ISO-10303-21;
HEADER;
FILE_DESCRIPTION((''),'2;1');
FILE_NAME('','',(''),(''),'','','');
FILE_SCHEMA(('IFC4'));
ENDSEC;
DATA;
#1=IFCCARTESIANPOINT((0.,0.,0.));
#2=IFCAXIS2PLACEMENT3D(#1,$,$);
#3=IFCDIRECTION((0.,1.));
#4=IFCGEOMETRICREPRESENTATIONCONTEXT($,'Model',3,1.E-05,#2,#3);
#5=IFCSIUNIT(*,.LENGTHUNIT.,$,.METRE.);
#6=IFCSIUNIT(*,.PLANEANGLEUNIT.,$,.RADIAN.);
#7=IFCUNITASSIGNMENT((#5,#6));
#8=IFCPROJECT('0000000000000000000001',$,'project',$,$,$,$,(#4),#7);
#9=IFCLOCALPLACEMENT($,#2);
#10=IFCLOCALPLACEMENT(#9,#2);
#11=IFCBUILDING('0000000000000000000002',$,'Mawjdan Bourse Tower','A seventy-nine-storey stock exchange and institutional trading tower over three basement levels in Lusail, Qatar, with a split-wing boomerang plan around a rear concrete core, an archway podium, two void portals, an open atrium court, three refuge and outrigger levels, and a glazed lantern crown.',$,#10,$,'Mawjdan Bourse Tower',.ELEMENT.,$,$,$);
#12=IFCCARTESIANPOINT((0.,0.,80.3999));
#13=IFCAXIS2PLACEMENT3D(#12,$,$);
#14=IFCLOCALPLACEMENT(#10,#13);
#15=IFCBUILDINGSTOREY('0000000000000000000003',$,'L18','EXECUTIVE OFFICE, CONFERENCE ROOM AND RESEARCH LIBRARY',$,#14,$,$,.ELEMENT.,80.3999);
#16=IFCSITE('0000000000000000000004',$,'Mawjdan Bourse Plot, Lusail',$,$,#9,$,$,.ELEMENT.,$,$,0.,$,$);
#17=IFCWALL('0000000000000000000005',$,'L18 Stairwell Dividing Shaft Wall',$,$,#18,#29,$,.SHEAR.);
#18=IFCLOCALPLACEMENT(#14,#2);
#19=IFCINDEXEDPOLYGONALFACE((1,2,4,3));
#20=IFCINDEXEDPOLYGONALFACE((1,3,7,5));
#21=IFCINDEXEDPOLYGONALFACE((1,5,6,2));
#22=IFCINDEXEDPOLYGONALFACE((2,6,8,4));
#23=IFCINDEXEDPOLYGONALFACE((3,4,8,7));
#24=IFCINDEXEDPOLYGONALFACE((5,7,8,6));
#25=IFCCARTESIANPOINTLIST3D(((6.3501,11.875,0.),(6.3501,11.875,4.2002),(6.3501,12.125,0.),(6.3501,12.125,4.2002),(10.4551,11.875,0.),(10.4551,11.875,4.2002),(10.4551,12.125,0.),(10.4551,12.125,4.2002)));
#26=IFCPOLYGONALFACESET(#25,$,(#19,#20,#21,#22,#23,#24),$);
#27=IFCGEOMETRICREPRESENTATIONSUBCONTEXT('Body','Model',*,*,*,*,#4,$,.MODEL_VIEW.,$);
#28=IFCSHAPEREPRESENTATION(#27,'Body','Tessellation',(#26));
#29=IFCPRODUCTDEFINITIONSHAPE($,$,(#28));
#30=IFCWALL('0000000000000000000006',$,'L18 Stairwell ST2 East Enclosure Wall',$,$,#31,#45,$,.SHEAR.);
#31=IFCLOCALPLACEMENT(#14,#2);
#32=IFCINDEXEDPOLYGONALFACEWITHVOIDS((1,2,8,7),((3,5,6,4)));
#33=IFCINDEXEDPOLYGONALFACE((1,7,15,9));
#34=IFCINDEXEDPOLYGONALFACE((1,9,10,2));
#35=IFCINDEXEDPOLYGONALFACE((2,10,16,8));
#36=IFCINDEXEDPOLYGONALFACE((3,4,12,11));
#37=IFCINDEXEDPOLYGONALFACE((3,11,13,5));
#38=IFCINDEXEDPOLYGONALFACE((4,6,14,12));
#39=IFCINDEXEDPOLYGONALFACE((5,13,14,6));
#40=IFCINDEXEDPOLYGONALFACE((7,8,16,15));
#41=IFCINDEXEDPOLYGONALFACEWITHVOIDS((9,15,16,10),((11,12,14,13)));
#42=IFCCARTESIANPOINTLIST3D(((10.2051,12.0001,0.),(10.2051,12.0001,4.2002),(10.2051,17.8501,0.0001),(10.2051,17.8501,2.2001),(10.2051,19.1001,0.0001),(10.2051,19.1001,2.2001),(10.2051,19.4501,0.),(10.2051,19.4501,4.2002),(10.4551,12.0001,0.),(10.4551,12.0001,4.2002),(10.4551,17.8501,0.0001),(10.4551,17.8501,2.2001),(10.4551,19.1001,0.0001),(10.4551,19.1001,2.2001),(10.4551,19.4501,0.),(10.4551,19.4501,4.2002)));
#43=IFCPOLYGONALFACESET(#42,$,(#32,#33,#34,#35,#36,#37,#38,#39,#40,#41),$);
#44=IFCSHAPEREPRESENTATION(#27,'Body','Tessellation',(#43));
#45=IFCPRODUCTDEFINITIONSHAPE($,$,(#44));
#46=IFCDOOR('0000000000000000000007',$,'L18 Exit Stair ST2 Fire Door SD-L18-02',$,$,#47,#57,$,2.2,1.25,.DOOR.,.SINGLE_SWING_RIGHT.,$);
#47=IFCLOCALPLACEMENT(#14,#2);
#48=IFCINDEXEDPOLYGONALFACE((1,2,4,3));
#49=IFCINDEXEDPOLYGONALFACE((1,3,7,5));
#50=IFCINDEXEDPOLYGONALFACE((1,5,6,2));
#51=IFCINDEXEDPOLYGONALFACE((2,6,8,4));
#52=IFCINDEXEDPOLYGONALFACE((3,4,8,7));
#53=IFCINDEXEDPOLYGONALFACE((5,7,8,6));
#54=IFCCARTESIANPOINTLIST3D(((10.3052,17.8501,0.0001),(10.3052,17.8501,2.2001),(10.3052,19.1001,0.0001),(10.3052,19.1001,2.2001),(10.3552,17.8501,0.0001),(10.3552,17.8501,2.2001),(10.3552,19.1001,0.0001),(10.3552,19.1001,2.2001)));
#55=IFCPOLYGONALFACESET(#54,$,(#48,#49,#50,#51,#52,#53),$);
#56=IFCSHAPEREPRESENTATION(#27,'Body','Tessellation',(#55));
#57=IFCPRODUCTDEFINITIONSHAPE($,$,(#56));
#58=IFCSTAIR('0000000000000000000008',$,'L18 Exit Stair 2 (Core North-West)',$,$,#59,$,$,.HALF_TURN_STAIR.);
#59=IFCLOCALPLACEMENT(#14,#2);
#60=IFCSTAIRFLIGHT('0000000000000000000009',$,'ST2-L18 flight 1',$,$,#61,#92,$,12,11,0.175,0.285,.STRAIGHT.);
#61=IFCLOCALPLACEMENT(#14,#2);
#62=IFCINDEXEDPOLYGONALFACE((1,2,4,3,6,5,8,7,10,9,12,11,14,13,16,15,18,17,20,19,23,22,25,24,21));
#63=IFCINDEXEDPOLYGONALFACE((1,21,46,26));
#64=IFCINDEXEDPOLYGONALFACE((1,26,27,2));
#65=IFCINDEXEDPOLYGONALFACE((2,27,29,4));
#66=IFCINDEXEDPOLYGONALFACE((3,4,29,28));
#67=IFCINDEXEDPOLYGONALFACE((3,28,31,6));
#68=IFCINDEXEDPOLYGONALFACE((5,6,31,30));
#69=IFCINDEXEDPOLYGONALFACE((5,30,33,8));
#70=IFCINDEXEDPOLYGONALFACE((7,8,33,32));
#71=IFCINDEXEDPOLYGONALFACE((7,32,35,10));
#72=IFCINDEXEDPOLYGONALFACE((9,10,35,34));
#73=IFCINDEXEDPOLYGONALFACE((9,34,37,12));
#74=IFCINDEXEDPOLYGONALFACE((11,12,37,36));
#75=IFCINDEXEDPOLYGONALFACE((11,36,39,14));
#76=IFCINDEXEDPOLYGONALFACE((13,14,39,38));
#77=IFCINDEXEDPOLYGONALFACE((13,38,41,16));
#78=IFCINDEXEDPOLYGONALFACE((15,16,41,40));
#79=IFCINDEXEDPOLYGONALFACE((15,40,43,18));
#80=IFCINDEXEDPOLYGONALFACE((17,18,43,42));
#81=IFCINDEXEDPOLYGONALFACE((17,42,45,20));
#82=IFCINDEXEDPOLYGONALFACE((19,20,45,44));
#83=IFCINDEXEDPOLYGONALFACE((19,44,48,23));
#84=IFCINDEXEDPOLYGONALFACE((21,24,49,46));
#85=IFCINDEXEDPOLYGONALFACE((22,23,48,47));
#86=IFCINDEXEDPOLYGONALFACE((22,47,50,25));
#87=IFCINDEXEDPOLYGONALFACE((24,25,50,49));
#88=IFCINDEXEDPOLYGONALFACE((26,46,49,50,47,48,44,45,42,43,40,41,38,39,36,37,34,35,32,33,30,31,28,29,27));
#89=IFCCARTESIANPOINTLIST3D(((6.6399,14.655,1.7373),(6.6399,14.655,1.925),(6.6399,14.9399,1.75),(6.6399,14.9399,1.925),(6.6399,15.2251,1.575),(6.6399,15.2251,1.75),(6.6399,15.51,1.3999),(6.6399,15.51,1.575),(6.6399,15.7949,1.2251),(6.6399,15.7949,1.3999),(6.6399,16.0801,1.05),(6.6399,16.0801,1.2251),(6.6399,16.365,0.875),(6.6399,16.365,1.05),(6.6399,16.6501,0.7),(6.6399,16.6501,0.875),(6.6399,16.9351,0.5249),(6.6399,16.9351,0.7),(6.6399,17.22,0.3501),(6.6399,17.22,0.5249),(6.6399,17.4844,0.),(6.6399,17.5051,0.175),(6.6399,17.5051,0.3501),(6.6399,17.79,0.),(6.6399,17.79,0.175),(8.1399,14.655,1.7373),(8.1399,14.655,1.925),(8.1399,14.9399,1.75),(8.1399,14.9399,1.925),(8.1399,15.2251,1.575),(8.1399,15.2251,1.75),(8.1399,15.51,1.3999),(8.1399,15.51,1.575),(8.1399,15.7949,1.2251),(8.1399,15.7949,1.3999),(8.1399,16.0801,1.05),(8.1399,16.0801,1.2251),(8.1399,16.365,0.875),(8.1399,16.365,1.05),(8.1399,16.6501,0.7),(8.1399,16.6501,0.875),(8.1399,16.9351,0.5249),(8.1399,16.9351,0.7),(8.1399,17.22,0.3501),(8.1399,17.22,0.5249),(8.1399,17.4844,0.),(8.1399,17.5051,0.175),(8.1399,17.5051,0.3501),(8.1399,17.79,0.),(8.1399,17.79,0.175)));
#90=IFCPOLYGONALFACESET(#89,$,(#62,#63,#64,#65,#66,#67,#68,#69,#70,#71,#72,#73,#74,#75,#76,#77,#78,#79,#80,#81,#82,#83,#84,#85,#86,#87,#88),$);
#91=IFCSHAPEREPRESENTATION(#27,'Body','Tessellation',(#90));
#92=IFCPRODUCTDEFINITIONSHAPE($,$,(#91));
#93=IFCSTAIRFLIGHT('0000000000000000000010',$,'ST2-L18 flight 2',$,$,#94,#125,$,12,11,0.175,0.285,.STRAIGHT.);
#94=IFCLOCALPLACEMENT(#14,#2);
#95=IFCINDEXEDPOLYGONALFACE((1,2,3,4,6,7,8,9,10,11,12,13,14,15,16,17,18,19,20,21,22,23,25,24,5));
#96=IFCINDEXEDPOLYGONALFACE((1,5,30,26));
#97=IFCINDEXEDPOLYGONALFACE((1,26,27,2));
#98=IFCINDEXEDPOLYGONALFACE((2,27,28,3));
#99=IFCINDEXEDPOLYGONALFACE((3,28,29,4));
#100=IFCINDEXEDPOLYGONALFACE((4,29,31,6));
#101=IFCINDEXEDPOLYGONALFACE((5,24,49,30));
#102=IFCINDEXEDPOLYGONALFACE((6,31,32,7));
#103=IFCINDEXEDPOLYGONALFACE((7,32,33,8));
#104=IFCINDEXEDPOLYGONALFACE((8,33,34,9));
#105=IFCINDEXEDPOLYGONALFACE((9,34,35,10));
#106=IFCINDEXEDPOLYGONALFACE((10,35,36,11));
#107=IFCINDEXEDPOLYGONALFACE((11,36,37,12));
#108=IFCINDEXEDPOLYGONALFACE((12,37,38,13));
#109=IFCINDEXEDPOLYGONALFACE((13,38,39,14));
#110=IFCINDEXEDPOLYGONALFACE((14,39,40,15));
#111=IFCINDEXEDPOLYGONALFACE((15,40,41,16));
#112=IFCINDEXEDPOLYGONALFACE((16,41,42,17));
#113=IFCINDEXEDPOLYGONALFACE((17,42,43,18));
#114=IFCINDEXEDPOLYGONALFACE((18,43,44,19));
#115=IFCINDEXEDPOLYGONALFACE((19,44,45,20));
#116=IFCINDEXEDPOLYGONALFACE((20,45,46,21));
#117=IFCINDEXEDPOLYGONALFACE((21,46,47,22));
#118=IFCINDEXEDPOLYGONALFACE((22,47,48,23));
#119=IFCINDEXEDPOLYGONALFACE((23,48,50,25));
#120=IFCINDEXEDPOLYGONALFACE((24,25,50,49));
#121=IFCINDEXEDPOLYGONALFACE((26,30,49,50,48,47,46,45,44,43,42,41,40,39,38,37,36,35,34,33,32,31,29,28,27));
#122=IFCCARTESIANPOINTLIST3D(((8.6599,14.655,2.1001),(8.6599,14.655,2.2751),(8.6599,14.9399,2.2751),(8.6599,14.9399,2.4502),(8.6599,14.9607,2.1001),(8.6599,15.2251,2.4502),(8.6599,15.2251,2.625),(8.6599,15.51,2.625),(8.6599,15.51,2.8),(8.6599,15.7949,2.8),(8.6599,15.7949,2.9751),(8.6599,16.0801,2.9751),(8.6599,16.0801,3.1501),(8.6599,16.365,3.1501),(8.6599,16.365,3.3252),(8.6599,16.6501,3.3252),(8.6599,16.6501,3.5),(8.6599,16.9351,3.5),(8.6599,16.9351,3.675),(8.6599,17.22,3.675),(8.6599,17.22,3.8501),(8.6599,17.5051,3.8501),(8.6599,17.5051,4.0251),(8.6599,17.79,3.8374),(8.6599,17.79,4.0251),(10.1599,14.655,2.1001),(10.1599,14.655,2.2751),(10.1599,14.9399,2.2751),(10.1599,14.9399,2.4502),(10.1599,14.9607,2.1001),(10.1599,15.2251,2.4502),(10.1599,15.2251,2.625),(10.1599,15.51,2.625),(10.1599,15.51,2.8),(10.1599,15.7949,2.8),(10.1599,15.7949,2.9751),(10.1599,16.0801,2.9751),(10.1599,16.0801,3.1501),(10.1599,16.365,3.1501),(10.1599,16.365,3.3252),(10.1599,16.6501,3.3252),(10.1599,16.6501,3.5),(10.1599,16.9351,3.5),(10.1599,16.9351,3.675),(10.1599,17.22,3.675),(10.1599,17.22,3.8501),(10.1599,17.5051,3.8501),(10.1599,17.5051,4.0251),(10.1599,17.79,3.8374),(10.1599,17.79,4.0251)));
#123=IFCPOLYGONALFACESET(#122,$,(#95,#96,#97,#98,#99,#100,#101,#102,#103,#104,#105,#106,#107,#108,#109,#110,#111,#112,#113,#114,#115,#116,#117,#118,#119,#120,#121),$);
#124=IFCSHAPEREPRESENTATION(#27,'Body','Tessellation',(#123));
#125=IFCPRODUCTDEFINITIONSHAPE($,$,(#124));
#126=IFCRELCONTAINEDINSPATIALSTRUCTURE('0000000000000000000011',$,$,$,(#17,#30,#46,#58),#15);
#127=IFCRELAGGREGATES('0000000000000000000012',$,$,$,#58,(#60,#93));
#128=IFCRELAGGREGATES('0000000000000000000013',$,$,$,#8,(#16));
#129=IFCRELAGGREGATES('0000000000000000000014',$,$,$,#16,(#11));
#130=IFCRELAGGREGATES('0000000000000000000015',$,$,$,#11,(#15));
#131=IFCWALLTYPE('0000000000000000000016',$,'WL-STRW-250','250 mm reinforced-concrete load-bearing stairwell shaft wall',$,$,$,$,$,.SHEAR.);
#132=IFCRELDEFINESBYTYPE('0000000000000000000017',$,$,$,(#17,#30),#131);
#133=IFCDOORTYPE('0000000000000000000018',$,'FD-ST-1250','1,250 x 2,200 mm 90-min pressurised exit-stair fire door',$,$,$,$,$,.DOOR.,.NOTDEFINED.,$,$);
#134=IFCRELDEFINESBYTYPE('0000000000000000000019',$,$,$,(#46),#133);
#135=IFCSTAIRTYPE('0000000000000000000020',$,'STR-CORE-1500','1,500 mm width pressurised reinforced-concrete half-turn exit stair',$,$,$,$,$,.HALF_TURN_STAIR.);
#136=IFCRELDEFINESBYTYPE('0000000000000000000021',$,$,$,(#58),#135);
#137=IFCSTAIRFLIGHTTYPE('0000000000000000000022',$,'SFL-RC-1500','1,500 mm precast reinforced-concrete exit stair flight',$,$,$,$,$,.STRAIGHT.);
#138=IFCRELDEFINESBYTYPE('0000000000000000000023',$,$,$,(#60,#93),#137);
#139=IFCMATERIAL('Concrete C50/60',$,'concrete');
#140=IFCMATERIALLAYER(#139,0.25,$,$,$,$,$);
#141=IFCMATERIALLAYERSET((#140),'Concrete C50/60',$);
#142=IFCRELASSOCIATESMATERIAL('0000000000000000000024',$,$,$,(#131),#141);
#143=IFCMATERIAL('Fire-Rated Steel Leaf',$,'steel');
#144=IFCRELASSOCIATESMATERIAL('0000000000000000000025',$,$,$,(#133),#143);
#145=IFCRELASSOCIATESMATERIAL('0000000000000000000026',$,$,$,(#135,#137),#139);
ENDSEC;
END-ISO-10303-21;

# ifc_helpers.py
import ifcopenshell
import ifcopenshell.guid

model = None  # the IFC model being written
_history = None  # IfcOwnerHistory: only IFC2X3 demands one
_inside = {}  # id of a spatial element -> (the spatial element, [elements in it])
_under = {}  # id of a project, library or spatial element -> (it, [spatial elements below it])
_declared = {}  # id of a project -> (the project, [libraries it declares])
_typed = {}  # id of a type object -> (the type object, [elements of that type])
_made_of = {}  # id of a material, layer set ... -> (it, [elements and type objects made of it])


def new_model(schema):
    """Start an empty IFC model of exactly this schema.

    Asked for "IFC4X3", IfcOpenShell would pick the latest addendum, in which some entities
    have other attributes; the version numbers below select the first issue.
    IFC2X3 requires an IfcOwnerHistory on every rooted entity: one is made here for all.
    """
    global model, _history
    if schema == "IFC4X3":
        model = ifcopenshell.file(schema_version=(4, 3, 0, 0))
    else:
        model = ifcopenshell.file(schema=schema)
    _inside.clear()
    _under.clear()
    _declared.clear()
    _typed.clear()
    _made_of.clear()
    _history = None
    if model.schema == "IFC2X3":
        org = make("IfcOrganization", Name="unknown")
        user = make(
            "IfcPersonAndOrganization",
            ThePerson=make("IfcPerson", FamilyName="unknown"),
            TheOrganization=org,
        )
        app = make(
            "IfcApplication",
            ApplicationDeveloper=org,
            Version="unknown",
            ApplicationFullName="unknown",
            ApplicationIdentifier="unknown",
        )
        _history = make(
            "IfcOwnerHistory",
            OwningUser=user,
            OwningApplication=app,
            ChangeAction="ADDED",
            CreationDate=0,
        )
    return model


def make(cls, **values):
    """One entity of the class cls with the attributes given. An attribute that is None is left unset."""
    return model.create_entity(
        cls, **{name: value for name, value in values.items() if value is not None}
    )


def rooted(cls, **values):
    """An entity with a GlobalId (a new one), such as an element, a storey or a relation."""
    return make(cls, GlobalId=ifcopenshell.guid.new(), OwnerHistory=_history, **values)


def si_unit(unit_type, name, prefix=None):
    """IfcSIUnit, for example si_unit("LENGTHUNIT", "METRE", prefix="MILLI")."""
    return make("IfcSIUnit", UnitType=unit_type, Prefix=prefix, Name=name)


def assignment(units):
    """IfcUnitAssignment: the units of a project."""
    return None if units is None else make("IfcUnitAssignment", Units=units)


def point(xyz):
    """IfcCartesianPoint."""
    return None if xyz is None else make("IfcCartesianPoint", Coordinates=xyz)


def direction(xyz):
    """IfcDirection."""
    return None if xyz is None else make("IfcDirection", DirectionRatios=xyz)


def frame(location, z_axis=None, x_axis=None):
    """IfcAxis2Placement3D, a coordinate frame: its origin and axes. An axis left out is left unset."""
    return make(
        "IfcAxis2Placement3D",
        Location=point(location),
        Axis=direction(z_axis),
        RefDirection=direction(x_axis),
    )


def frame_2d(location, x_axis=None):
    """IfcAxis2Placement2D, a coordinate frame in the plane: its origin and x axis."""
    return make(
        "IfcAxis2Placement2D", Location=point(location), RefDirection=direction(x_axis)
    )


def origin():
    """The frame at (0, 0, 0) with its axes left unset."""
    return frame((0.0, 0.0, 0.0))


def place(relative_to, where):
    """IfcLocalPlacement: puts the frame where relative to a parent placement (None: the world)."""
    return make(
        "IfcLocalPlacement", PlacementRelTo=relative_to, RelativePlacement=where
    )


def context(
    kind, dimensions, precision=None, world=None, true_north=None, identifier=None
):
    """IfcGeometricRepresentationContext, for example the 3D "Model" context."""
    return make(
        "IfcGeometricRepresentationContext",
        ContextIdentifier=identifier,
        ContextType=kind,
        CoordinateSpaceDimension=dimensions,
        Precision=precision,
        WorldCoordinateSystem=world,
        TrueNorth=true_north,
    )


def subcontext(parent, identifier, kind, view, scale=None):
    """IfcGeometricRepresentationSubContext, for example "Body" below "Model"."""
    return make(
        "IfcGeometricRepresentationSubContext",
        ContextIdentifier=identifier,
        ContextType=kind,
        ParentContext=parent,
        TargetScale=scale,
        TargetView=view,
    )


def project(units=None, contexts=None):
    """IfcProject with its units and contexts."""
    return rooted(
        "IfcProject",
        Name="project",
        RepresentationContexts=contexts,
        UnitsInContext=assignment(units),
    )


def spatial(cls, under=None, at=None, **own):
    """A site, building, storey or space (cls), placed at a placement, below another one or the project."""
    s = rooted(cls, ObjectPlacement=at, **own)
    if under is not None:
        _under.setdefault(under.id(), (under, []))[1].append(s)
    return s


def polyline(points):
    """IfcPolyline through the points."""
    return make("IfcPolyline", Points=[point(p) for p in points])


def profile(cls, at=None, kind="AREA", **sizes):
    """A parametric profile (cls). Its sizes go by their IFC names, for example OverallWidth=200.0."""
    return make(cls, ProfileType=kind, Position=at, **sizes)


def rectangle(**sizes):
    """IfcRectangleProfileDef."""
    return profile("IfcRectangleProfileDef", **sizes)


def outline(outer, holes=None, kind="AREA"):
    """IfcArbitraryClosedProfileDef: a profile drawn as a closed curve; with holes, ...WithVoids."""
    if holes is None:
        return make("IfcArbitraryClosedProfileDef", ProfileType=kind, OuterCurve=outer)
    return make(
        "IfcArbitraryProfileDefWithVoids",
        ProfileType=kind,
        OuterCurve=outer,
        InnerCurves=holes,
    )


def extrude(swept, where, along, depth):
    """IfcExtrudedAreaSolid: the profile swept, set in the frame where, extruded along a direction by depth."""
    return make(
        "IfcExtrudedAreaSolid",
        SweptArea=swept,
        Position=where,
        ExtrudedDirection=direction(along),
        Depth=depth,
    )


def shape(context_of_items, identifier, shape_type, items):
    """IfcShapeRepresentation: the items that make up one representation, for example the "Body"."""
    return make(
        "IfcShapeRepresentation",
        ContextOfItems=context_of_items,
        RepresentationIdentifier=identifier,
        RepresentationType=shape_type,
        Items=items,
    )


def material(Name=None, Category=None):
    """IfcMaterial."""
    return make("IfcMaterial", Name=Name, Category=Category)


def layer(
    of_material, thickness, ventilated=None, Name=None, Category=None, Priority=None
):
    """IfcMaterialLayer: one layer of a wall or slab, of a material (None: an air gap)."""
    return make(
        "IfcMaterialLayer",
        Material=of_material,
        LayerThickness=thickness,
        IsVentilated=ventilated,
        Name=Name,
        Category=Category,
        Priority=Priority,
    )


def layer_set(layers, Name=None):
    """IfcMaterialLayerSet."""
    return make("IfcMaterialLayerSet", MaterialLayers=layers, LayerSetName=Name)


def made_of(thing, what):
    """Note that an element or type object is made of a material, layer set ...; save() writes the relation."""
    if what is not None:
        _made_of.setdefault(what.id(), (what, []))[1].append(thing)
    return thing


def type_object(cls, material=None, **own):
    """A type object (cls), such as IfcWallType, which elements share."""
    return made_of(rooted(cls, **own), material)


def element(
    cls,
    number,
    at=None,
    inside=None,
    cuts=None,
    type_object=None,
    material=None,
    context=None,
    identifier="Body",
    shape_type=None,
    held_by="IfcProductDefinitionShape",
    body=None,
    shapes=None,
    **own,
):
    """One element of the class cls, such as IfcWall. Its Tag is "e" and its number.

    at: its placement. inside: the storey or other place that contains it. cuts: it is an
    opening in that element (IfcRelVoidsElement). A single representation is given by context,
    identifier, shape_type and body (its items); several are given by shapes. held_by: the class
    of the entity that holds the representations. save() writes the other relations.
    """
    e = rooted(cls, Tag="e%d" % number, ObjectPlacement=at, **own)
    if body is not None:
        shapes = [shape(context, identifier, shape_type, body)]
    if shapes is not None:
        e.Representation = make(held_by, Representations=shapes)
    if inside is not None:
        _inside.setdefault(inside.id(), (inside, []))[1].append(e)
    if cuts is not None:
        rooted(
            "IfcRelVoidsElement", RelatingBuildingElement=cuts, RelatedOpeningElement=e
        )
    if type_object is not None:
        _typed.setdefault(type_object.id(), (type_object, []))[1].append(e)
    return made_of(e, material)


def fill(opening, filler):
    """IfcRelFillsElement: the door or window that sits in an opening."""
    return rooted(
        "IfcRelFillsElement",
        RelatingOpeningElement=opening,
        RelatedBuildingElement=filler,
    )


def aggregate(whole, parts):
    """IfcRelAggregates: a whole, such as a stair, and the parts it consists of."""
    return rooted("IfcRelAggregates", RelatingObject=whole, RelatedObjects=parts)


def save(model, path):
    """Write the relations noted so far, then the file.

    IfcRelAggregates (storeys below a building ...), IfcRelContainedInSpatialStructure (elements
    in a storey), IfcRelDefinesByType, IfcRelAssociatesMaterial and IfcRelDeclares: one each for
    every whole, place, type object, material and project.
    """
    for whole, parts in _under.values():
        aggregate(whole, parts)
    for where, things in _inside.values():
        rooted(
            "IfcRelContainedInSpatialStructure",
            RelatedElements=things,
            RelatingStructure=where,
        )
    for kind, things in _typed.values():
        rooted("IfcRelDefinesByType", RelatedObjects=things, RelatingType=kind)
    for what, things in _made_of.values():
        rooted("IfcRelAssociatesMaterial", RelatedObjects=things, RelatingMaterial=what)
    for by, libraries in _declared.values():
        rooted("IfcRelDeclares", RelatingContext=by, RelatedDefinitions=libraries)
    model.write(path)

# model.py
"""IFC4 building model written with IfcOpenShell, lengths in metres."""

from ifc_helpers import new_model, si_unit, direction, frame, frame_2d, origin, place, context, subcontext, project, spatial, polyline, rectangle, outline, extrude, material, layer, layer_set, type_object, element, fill, aggregate, save


model = new_model("IFC4")

# Units and contexts
model_context = context("Model", 3, precision=1e-05, world=origin(), true_north=direction((0.0, 1.0)))
body_context = subcontext(model_context, "Body", "Model", "MODEL_VIEW")
ifc_project = project(units=[si_unit("LENGTHUNIT", "METRE"), si_unit("PLANEANGLEUNIT", "RADIAN")], contexts=[model_context])

# Site, building, storey
site_placement = place(None, origin())
site = spatial("IfcSite", under=ifc_project, at=site_placement, Name="Mawjdan Bourse Plot, Lusail", CompositionType="ELEMENT", RefElevation=0.0)
building_placement = place(site_placement, origin())
building = spatial("IfcBuilding", under=site, at=building_placement, Name="Mawjdan Bourse Tower", Description="A seventy-nine-storey stock exchange and institutional trading tower over three basement levels in Lusail, Qatar, with a split-wing boomerang plan around a rear concrete core, an archway podium, two void portals, an open atrium court, three refuge and outrigger levels, and a glazed lantern crown.", LongName="Mawjdan Bourse Tower", CompositionType="ELEMENT")
storey_placement = place(building_placement, frame((0.0, 0.0, 80.3999)))
storey = spatial("IfcBuildingStorey", under=building, at=storey_placement, Name="L18", Description="EXECUTIVE OFFICE, CONFERENCE ROOM AND RESEARCH LIBRARY", CompositionType="ELEMENT", Elevation=80.3999)

# Shared definitions
ifc_material_1 = material(Name="Concrete C50/60", Category="concrete")

# Wall
ifc_layer_1 = layer(ifc_material_1, 0.25)
ifc_layer_set_1 = layer_set([ifc_layer_1], Name="Concrete C50/60")
wall_type_1 = type_object("IfcWallType", Name="WL-STRW-250", Description="250 mm reinforced-concrete load-bearing stairwell shaft wall", PredefinedType="SHEAR", material=ifc_layer_set_1)
wall_1_placement = place(storey_placement, frame((6.3501, 12.0, 0.0), z_axis=(0.0, 0.0, 1.0), x_axis=(1.0, 0.0, 0.0)))
element("IfcWall", 1, at=wall_1_placement, inside=storey, type_object=wall_type_1, Name="L18 Stairwell Dividing Shaft Wall", PredefinedType="SHEAR", context=body_context, shape_type="SweptSolid", body=[
    extrude(rectangle(XDim=4.105, YDim=0.25, at=frame_2d((2.0525, 0.0))), origin(), (0.0, 0.0, 1.0), 4.2002),
])

# Wall, opening, door
wall_2_placement = place(storey_placement, frame((10.3301, 12.0, 0.0), z_axis=(0.0, 0.0, 1.0), x_axis=(0.0, 1.0, 0.0)))
wall_2 = element("IfcWall", 2, at=wall_2_placement, inside=storey, type_object=wall_type_1, Name="L18 Stairwell ST2 East Enclosure Wall", PredefinedType="SHEAR", context=body_context, shape_type="SweptSolid", body=[
    extrude(rectangle(XDim=7.45, YDim=0.25, at=frame_2d((3.7251, 0.0))), origin(), (0.0, 0.0, 1.0), 4.2002),
])
opening_1_placement = place(wall_2_placement, frame((5.8501, 0.0, 0.0)))
opening_1 = element("IfcOpeningElement", 3, at=opening_1_placement, cuts=wall_2, PredefinedType="OPENING", context=body_context, shape_type="SweptSolid", body=[
    extrude(rectangle(XDim=1.25, YDim=2.2, at=frame_2d((0.625, 1.1001))), frame((0.0, 0.135, 0.0), z_axis=(0.0, -1.0, 0.0), x_axis=(1.0, 0.0, 0.0)), (0.0, 0.0, 1.0), 0.27),
])
ifc_material_2 = material(Name="Fire-Rated Steel Leaf", Category="steel")
door_type_1 = type_object("IfcDoorType", Name="FD-ST-1250", Description="1,250 x 2,200 mm 90-min pressurised exit-stair fire door", OperationType="NOTDEFINED", PredefinedType="DOOR", material=ifc_material_2)
door_1_placement = place(opening_1_placement, origin())
door_1 = element("IfcDoor", 4, at=door_1_placement, inside=storey, type_object=door_type_1, Name="L18 Exit Stair ST2 Fire Door SD-L18-02", OperationType="SINGLE_SWING_RIGHT", OverallHeight=2.2, OverallWidth=1.25, PredefinedType="DOOR", context=body_context, shape_type="SweptSolid", body=[
    extrude(rectangle(XDim=1.25, YDim=2.2, at=frame_2d((0.625, 1.1001))), frame((0.0, 0.0249, 0.0), z_axis=(0.0, -1.0, 0.0), x_axis=(1.0, 0.0, 0.0)), (0.0, 0.0, 1.0), 0.05),
])
fill(opening_1, door_1)

# Stair, stair flights
stair_type = type_object("IfcStairType", Name="STR-CORE-1500", Description="1,500 mm width pressurised reinforced-concrete half-turn exit stair", PredefinedType="HALF_TURN_STAIR", material=ifc_material_1)
stair_placement = place(storey_placement, origin())
stair = element("IfcStair", 5, at=stair_placement, inside=storey, type_object=stair_type, Name="L18 Exit Stair 2 (Core North-West)", PredefinedType="HALF_TURN_STAIR")
stair_flight_type = type_object("IfcStairFlightType", Name="SFL-RC-1500", Description="1,500 mm precast reinforced-concrete exit stair flight", PredefinedType="STRAIGHT", material=ifc_material_1)
stair_flight_1_placement = place(storey_placement, frame((7.3899, 17.79, 0.0), z_axis=(0.0, 0.0, 1.0), x_axis=(0.0, -1.0, 0.0)))
stair_flight_1 = element("IfcStairFlight", 6, at=stair_flight_1_placement, type_object=stair_flight_type, Name="ST2-L18 flight 1", NumberOfRisers=12, NumberOfTreads=11, PredefinedType="STRAIGHT", RiserHeight=0.175, TreadLength=0.285, context=body_context, shape_type="SweptSolid", body=[
    extrude(outline(polyline([(0.0, 0.0), (0.0, 0.175), (0.2849, 0.175), (0.2849, 0.3501), (0.5701, 0.3501), (0.5701, 0.5249), (0.855, 0.5249), (0.855, 0.7), (1.1399, 0.7), (1.1399, 0.875), (1.425, 0.875), (1.425, 1.05), (1.71, 1.05), (1.71, 1.2251), (1.9951, 1.2251), (1.9951, 1.3999), (2.28, 1.3999), (2.28, 1.575), (2.5649, 1.575), (2.5649, 1.75), (2.8501, 1.75), (2.8501, 1.925), (3.135, 1.925), (3.135, 2.1001), (3.135, 1.7373), (0.3057, 0.0), (0.0, 0.0)])), frame((0.0, 0.75, 0.0), z_axis=(0.0, -1.0, 0.0), x_axis=(1.0, 0.0, 0.0)), (0.0, 0.0, 1.0), 1.5),
])
stair_flight_2_placement = place(storey_placement, frame((9.4099, 14.655, 2.1001), z_axis=(0.0, 0.0, 1.0), x_axis=(0.0, 1.0, 0.0)))
stair_flight_2 = element("IfcStairFlight", 7, at=stair_flight_2_placement, type_object=stair_flight_type, Name="ST2-L18 flight 2", NumberOfRisers=12, NumberOfTreads=11, PredefinedType="STRAIGHT", RiserHeight=0.175, TreadLength=0.285, context=body_context, shape_type="SweptSolid", body=[
    extrude(outline(polyline([(0.0, 0.0), (0.0, 0.175), (0.2849, 0.175), (0.2849, 0.3501), (0.5701, 0.3501), (0.5701, 0.5249), (0.855, 0.5249), (0.855, 0.7), (1.1399, 0.7), (1.1399, 0.875), (1.425, 0.875), (1.425, 1.05), (1.71, 1.05), (1.71, 1.2251), (1.9951, 1.2251), (1.9951, 1.3999), (2.28, 1.3999), (2.28, 1.575), (2.5649, 1.575), (2.5649, 1.75), (2.8501, 1.75), (2.8501, 1.925), (3.135, 1.925), (3.135, 2.1001), (3.135, 1.7373), (0.3057, 0.0), (0.0, 0.0)])), frame((0.0, 0.75, 0.0), z_axis=(0.0, -1.0, 0.0), x_axis=(1.0, 0.0, 0.0)), (0.0, 0.0, 1.0), 1.5),
])
aggregate(stair, [stair_flight_1, stair_flight_2])

save(model, "model.ifc")
